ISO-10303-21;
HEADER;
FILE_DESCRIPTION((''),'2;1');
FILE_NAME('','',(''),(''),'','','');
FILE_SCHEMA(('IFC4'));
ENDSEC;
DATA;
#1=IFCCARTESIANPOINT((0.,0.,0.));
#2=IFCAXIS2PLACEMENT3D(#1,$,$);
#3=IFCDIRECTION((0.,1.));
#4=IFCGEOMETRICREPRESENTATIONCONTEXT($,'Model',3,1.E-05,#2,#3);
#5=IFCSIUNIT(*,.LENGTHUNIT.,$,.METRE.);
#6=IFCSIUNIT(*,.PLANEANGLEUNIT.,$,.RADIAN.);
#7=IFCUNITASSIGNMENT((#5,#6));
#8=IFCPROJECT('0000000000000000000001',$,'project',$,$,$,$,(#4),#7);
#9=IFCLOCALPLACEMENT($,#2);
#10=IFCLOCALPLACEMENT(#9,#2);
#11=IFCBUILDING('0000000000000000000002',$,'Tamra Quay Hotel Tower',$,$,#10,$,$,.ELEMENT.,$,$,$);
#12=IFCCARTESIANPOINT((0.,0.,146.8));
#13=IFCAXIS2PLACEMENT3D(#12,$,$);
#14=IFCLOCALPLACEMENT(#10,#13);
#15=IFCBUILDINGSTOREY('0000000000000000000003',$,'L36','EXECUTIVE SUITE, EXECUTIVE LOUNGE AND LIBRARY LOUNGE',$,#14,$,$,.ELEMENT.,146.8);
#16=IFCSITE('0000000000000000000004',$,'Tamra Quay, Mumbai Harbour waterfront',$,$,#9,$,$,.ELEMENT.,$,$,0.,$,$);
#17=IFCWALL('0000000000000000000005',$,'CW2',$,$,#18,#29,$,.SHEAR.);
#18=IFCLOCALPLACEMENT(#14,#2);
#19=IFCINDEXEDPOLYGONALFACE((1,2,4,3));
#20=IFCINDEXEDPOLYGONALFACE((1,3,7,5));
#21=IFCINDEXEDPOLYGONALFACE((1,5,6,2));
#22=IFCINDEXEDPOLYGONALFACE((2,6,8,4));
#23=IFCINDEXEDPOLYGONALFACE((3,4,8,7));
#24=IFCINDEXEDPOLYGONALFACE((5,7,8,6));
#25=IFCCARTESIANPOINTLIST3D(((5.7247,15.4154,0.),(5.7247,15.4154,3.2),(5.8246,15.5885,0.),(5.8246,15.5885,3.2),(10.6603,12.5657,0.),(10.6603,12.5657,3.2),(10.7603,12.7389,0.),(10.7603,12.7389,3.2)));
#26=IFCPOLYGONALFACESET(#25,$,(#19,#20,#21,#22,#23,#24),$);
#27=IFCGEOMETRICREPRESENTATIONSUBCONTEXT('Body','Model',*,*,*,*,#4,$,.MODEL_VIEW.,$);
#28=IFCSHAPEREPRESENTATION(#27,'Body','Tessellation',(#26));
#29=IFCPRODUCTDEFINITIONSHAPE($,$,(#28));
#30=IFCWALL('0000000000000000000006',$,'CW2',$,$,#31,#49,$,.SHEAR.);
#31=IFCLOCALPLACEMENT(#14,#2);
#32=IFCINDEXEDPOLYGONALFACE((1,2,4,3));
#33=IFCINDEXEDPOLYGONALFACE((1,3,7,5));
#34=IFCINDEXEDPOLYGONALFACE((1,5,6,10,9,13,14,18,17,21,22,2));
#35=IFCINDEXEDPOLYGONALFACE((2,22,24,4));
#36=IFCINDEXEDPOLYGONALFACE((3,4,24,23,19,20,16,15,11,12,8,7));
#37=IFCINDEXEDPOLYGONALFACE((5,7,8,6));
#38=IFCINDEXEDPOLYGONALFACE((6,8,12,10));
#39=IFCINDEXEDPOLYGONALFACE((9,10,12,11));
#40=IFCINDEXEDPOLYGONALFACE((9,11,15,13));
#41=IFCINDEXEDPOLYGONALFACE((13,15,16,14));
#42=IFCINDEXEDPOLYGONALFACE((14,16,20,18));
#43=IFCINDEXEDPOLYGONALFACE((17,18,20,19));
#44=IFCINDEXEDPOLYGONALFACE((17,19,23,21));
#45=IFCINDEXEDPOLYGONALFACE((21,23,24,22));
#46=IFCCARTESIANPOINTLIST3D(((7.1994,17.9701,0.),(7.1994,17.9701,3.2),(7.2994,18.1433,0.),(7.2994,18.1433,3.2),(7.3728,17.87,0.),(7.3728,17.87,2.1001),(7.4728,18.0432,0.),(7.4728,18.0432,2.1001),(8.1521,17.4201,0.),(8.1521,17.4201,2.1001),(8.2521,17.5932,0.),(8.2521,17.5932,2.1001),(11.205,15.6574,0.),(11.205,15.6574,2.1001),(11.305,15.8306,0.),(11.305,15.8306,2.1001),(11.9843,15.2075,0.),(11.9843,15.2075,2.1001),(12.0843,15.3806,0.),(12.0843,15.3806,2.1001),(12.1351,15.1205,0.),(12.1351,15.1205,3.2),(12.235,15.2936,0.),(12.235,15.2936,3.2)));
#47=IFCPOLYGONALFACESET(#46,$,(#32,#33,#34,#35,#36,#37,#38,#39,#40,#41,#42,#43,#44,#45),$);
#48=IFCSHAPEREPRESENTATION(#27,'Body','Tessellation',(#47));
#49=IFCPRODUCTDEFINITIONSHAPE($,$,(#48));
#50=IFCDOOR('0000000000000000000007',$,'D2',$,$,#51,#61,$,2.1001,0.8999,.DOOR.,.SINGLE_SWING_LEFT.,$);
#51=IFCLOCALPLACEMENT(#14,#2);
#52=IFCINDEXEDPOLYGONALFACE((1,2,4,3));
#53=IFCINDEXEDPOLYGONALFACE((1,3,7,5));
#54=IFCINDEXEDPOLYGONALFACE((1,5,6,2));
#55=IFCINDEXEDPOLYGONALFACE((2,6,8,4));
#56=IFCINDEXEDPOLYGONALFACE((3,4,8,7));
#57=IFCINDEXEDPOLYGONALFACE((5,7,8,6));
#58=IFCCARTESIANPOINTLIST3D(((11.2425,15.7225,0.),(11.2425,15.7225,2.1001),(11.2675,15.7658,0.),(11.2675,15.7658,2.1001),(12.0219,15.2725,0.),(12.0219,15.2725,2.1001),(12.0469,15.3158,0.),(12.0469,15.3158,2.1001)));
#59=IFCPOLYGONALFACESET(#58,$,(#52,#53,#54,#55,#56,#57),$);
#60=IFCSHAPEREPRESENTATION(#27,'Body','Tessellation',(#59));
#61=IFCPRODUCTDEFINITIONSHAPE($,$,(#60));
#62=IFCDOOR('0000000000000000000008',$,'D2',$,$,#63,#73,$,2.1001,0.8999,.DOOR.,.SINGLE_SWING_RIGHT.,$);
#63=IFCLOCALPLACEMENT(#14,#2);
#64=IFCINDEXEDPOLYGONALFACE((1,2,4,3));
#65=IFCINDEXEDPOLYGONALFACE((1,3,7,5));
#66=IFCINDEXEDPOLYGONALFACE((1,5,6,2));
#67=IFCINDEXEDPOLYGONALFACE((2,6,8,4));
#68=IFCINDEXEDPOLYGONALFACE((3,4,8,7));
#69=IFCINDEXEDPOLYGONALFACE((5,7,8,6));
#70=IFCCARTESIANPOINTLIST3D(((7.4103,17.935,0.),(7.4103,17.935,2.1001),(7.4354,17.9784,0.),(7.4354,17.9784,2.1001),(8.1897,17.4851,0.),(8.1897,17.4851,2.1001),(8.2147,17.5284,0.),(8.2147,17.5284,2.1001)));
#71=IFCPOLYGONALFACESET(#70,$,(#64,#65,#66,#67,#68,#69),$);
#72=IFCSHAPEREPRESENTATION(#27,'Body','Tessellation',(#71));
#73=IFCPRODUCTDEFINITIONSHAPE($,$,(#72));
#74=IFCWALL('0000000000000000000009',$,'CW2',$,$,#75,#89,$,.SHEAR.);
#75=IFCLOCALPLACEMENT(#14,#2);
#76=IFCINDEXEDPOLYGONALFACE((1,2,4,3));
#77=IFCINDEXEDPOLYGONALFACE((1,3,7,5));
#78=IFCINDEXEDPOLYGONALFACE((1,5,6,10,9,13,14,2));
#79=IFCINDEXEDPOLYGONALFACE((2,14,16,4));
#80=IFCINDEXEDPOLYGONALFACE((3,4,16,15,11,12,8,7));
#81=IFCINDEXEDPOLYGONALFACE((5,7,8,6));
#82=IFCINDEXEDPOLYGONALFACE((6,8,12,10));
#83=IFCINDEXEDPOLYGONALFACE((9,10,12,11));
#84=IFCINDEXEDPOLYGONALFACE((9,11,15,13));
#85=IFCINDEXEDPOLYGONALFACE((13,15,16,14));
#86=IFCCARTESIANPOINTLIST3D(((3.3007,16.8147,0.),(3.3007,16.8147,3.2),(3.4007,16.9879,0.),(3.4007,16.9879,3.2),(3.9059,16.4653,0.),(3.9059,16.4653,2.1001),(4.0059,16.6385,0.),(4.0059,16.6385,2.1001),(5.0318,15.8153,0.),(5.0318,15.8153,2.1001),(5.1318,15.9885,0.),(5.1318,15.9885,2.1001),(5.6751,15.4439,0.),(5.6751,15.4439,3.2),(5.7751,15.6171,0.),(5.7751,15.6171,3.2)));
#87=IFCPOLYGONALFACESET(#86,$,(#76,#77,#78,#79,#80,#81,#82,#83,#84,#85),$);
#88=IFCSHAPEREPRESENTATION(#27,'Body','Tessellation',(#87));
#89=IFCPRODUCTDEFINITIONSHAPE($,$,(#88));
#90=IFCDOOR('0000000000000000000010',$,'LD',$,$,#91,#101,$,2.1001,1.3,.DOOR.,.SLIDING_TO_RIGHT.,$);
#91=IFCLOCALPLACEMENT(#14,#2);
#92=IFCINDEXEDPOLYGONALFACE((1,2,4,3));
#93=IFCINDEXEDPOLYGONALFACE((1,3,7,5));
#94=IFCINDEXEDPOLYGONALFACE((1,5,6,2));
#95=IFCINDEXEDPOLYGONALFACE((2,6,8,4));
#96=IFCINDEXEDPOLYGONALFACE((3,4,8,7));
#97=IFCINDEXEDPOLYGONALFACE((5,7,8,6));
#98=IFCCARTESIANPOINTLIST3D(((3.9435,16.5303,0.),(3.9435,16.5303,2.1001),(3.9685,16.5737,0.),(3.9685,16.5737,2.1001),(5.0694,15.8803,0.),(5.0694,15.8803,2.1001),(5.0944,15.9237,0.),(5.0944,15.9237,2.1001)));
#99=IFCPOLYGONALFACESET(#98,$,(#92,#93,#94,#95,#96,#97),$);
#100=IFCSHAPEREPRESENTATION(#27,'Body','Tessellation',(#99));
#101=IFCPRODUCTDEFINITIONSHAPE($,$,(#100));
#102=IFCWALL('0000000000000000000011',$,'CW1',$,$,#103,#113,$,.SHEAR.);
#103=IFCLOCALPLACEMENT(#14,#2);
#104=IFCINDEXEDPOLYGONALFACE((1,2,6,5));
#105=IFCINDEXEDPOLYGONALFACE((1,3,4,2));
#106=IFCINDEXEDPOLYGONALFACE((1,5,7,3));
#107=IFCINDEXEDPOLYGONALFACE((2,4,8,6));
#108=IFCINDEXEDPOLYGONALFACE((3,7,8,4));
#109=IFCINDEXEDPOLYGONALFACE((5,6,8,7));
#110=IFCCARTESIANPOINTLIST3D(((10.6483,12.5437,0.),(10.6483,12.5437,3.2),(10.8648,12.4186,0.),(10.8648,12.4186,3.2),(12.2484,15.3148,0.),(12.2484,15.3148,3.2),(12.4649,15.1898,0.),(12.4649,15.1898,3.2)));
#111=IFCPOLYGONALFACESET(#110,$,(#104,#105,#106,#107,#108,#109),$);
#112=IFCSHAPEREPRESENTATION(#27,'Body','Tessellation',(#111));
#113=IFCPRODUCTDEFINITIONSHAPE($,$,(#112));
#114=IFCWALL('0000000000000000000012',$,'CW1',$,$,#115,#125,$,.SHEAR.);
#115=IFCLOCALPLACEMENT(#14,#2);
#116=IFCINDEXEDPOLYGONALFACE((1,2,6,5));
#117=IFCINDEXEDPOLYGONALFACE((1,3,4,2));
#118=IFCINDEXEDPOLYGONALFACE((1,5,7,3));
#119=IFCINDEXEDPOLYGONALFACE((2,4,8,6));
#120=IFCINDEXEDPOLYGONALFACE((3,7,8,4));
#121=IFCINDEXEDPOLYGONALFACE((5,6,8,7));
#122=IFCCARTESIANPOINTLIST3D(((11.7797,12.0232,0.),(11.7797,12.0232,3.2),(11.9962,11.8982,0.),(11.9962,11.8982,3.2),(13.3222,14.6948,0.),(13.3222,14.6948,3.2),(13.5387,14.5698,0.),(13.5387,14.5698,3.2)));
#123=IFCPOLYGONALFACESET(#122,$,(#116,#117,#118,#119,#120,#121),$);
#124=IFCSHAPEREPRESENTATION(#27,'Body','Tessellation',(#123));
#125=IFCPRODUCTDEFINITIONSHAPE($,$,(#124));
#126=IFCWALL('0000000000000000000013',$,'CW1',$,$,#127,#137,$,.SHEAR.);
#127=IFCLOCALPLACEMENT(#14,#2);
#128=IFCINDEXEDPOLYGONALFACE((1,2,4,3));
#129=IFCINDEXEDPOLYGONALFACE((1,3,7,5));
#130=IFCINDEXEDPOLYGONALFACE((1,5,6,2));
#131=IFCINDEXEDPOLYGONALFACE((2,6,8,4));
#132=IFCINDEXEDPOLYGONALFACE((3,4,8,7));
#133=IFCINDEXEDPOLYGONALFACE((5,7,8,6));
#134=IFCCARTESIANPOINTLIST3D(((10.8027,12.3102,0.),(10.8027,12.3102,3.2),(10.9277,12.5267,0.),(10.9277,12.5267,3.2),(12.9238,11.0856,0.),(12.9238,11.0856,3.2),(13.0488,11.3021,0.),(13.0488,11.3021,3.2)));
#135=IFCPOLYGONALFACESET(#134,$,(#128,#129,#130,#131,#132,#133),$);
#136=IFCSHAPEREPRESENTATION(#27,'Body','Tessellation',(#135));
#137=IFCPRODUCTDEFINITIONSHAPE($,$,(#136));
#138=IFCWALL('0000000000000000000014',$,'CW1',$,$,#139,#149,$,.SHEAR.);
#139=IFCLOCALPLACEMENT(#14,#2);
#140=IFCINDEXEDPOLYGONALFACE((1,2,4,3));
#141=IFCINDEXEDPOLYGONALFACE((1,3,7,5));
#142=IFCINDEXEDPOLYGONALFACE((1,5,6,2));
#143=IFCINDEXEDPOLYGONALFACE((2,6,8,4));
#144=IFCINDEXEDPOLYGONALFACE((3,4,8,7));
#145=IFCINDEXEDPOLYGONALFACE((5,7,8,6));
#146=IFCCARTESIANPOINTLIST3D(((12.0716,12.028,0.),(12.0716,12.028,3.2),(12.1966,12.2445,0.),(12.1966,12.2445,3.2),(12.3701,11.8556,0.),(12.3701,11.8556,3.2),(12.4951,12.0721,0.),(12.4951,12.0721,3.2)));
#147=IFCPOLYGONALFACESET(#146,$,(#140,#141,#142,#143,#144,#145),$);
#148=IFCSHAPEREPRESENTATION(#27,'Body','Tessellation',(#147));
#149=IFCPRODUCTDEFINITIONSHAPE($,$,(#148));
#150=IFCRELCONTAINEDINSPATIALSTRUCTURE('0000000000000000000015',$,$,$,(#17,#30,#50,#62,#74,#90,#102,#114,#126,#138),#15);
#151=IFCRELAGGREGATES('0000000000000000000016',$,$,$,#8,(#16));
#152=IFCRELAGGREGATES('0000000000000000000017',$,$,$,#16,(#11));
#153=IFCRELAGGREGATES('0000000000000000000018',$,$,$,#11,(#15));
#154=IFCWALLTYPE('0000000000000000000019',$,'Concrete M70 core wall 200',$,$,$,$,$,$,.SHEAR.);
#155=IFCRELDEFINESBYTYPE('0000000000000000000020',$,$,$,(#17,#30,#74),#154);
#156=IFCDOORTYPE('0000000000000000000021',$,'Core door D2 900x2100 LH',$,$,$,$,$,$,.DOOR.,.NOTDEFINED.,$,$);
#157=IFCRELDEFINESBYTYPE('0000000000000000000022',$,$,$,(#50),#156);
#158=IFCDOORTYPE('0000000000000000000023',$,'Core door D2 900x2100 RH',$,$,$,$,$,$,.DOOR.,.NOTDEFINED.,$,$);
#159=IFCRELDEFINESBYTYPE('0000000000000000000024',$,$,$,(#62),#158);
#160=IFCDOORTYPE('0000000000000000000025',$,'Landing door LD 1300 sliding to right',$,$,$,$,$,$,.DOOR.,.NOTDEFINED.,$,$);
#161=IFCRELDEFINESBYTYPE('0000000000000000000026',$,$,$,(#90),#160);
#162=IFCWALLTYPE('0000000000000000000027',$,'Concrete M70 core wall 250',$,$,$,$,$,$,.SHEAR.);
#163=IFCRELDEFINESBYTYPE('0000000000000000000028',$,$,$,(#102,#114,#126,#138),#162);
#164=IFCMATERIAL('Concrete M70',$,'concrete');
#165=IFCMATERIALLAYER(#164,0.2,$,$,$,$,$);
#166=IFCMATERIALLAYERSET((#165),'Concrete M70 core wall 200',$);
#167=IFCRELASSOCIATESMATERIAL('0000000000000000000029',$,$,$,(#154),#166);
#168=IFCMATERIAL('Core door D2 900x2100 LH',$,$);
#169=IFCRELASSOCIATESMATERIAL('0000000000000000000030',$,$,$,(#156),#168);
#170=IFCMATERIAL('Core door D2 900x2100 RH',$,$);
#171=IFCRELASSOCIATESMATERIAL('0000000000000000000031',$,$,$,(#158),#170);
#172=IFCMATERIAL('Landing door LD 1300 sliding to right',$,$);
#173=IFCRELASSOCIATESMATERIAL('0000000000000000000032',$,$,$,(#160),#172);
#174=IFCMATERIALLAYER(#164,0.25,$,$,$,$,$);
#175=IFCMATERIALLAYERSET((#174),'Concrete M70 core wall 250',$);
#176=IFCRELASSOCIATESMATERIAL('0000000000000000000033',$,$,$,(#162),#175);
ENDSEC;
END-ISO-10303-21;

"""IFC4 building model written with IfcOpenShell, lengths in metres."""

from ifc_helpers import new_model, si_unit, direction, frame, frame_2d, origin, place, context, subcontext, project, spatial, rectangle, extrude, material, layer, layer_set, type_object, element, fill, save


model = new_model("IFC4")

# Units and contexts
model_context = context("Model", 3, precision=1e-05, world=origin(), true_north=direction((0.0, 1.0)))
body_context = subcontext(model_context, "Body", "Model", "MODEL_VIEW")
ifc_project = project(units=[si_unit("LENGTHUNIT", "METRE"), si_unit("PLANEANGLEUNIT", "RADIAN")], contexts=[model_context])

# Site, building, storey
site_placement = place(None, origin())
site = spatial("IfcSite", under=ifc_project, at=site_placement, Name="Tamra Quay, Mumbai Harbour waterfront", CompositionType="ELEMENT", RefElevation=0.0)
building_placement = place(site_placement, origin())
building = spatial("IfcBuilding", under=site, at=building_placement, Name="Tamra Quay Hotel Tower", CompositionType="ELEMENT")
storey_placement = place(building_placement, frame((0.0, 0.0, 146.8)))
storey = spatial("IfcBuildingStorey", under=building, at=storey_placement, Name="L36", Description="EXECUTIVE SUITE, EXECUTIVE LOUNGE AND LIBRARY LOUNGE", CompositionType="ELEMENT", Elevation=146.8)

# Wall
ifc_material_1 = material(Name="Concrete M70", Category="concrete")
ifc_layer_1 = layer(ifc_material_1, 0.2)
ifc_layer_set_1 = layer_set([ifc_layer_1], Name="Concrete M70 core wall 200")
wall_type_1 = type_object("IfcWallType", Name="Concrete M70 core wall 200", PredefinedType="SHEAR", material=ifc_layer_set_1)
wall_1_placement = place(storey_placement, frame((5.7747, 15.502, 0.0), z_axis=(0.0, 0.0, 1.0), x_axis=(0.86602, -0.500009, 0.0)))
element("IfcWall", 1, at=wall_1_placement, inside=storey, type_object=wall_type_1, Name="CW2", PredefinedType="SHEAR", context=body_context, shape_type="SweptSolid", body=[
    extrude(rectangle(XDim=5.6992, YDim=0.2, at=frame_2d((2.8496, 0.0))), origin(), (0.0, 0.0, 1.0), 3.2),
])

# Wall, openings, doors
wall_2_placement = place(storey_placement, frame((12.1851, 15.207, 0.0), z_axis=(0.0, 0.0, 1.0), x_axis=(-0.86602, 0.500009, 0.0)))
wall_2 = element("IfcWall", 2, at=wall_2_placement, inside=storey, type_object=wall_type_1, Name="CW2", PredefinedType="SHEAR", context=body_context, shape_type="SweptSolid", body=[
    extrude(rectangle(XDim=5.6992, YDim=0.2, at=frame_2d((2.8496, 0.0))), origin(), (0.0, 0.0, 1.0), 3.2),
])
opening_1_placement = place(wall_2_placement, frame((0.1741, 0.0, 0.0)))
opening_1 = element("IfcOpeningElement", 3, at=opening_1_placement, cuts=wall_2, PredefinedType="OPENING", context=body_context, shape_type="SweptSolid", body=[
    extrude(rectangle(XDim=0.8999, YDim=2.1001, at=frame_2d((0.45, 1.05))), frame((0.0, 0.1099, 0.0), z_axis=(0.0, -1.0, 0.0), x_axis=(1.0, 0.0, 0.0)), (0.0, 0.0, 1.0), 0.22),
])
opening_2_placement = place(wall_2_placement, frame((4.5991, 0.0, 0.0)))
opening_2 = element("IfcOpeningElement", 4, at=opening_2_placement, cuts=wall_2, PredefinedType="OPENING", context=body_context, shape_type="SweptSolid", body=[
    extrude(rectangle(XDim=0.8999, YDim=2.1001, at=frame_2d((0.45, 1.05))), frame((0.0, 0.1099, 0.0), z_axis=(0.0, -1.0, 0.0), x_axis=(1.0, 0.0, 0.0)), (0.0, 0.0, 1.0), 0.22),
])
ifc_material_2 = material(Name="Core door D2 900x2100 LH")
door_type_1 = type_object("IfcDoorType", Name="Core door D2 900x2100 LH", OperationType="NOTDEFINED", PredefinedType="DOOR", material=ifc_material_2)
door_1_placement = place(opening_1_placement, origin())
door_1 = element("IfcDoor", 5, at=door_1_placement, inside=storey, type_object=door_type_1, Name="D2", OperationType="SINGLE_SWING_LEFT", OverallHeight=2.1001, OverallWidth=0.8999, PredefinedType="DOOR", context=body_context, shape_type="SweptSolid", body=[
    extrude(rectangle(XDim=0.8999, YDim=2.1001, at=frame_2d((0.45, 1.05))), frame((0.0, 0.0249, 0.0), z_axis=(0.0, -1.0, 0.0), x_axis=(1.0, 0.0, 0.0)), (0.0, 0.0, 1.0), 0.05),
])
fill(opening_1, door_1)
ifc_material_3 = material(Name="Core door D2 900x2100 RH")
door_type_2 = type_object("IfcDoorType", Name="Core door D2 900x2100 RH", OperationType="NOTDEFINED", PredefinedType="DOOR", material=ifc_material_3)
door_2_placement = place(opening_2_placement, origin())
door_2 = element("IfcDoor", 6, at=door_2_placement, inside=storey, type_object=door_type_2, Name="D2", OperationType="SINGLE_SWING_RIGHT", OverallHeight=2.1001, OverallWidth=0.8999, PredefinedType="DOOR", context=body_context, shape_type="SweptSolid", body=[
    extrude(rectangle(XDim=0.8999, YDim=2.1001, at=frame_2d((0.45, 1.05))), frame((0.0, 0.0249, 0.0), z_axis=(0.0, -1.0, 0.0), x_axis=(1.0, 0.0, 0.0)), (0.0, 0.0, 1.0), 0.05),
])
fill(opening_2, door_2)

# Wall, opening, door
wall_3_placement = place(storey_placement, frame((5.7251, 15.5305, 0.0), z_axis=(0.0, 0.0, 1.0), x_axis=(-0.866037, 0.499979, 0.0)))
wall_3 = element("IfcWall", 7, at=wall_3_placement, inside=storey, type_object=wall_type_1, Name="CW2", PredefinedType="SHEAR", context=body_context, shape_type="SweptSolid", body=[
    extrude(rectangle(XDim=2.7417, YDim=0.2, at=frame_2d((1.3708, 0.0))), origin(), (0.0, 0.0, 1.0), 3.2),
])
opening_3_placement = place(wall_3_placement, frame((0.7429, 0.0, 0.0)))
opening_3 = element("IfcOpeningElement", 8, at=opening_3_placement, cuts=wall_3, PredefinedType="OPENING", context=body_context, shape_type="SweptSolid", body=[
    extrude(rectangle(XDim=1.3, YDim=2.1001, at=frame_2d((0.6499, 1.05))), frame((0.0, 0.1099, 0.0), z_axis=(0.0, -1.0, 0.0), x_axis=(1.0, 0.0, 0.0)), (0.0, 0.0, 1.0), 0.22),
])
ifc_material_4 = material(Name="Landing door LD 1300 sliding to right")
door_type_3 = type_object("IfcDoorType", Name="Landing door LD 1300 sliding to right", OperationType="NOTDEFINED", PredefinedType="DOOR", material=ifc_material_4)
door_3_placement = place(opening_3_placement, origin())
door_3 = element("IfcDoor", 9, at=door_3_placement, inside=storey, type_object=door_type_3, Name="LD", OperationType="SLIDING_TO_RIGHT", OverallHeight=2.1001, OverallWidth=1.3, PredefinedType="DOOR", context=body_context, shape_type="SweptSolid", body=[
    extrude(rectangle(XDim=1.3, YDim=2.1001, at=frame_2d((0.6499, 1.05))), frame((0.0, 0.0249, 0.0), z_axis=(0.0, -1.0, 0.0), x_axis=(1.0, 0.0, 0.0)), (0.0, 0.0, 1.0), 0.05),
])
fill(opening_3, door_3)

# Walls
ifc_layer_2 = layer(ifc_material_1, 0.25)
ifc_layer_set_2 = layer_set([ifc_layer_2], Name="Concrete M70 core wall 250")
wall_type_2 = type_object("IfcWallType", Name="Concrete M70 core wall 250", PredefinedType="SHEAR", material=ifc_layer_set_2)
wall_4_placement = place(storey_placement, frame((12.3567, 15.2524, 0.0), z_axis=(0.0, 0.0, 1.0), x_axis=(-0.500028, -0.866009, 0.0)))
element("IfcWall", 10, at=wall_4_placement, inside=storey, type_object=wall_type_2, Name="CW1", PredefinedType="SHEAR", context=body_context, shape_type="SweptSolid", body=[
    extrude(rectangle(XDim=3.2, YDim=0.25, at=frame_2d((1.6001, 0.0))), origin(), (0.0, 0.0, 1.0), 3.2),
])
wall_5_placement = place(storey_placement, frame((11.8879, 11.9607, 0.0), z_axis=(0.0, 0.0, 1.0), x_axis=(0.500003, 0.866023, 0.0)))
element("IfcWall", 11, at=wall_5_placement, inside=storey, type_object=wall_type_2, Name="CW1", PredefinedType="SHEAR", context=body_context, shape_type="SweptSolid", body=[
    extrude(rectangle(XDim=3.085, YDim=0.25, at=frame_2d((1.5425, 0.0))), origin(), (0.0, 0.0, 1.0), 3.2),
])
wall_6_placement = place(storey_placement, frame((10.8652, 12.4185, 0.0), z_axis=(0.0, 0.0, 1.0), x_axis=(0.866026, -0.499999, 0.0)))
element("IfcWall", 12, at=wall_6_placement, inside=storey, type_object=wall_type_2, Name="CW1", PredefinedType="SHEAR", context=body_context, shape_type="SweptSolid", body=[
    extrude(rectangle(XDim=2.4492, YDim=0.25, at=frame_2d((1.2246, 0.0))), origin(), (0.0, 0.0, 1.0), 3.2),
])
wall_7_placement = place(storey_placement, frame((12.4326, 11.9639, 0.0), z_axis=(0.0, 0.0, 1.0), x_axis=(-0.866056, 0.499947, 0.0)))
element("IfcWall", 13, at=wall_7_placement, inside=storey, type_object=wall_type_2, Name="CW1", PredefinedType="SHEAR", context=body_context, shape_type="SweptSolid", body=[
    extrude(rectangle(XDim=0.3447, YDim=0.25, at=frame_2d((0.1724, 0.0))), origin(), (0.0, 0.0, 1.0), 3.2),
])

save(model, "model.ifc")
